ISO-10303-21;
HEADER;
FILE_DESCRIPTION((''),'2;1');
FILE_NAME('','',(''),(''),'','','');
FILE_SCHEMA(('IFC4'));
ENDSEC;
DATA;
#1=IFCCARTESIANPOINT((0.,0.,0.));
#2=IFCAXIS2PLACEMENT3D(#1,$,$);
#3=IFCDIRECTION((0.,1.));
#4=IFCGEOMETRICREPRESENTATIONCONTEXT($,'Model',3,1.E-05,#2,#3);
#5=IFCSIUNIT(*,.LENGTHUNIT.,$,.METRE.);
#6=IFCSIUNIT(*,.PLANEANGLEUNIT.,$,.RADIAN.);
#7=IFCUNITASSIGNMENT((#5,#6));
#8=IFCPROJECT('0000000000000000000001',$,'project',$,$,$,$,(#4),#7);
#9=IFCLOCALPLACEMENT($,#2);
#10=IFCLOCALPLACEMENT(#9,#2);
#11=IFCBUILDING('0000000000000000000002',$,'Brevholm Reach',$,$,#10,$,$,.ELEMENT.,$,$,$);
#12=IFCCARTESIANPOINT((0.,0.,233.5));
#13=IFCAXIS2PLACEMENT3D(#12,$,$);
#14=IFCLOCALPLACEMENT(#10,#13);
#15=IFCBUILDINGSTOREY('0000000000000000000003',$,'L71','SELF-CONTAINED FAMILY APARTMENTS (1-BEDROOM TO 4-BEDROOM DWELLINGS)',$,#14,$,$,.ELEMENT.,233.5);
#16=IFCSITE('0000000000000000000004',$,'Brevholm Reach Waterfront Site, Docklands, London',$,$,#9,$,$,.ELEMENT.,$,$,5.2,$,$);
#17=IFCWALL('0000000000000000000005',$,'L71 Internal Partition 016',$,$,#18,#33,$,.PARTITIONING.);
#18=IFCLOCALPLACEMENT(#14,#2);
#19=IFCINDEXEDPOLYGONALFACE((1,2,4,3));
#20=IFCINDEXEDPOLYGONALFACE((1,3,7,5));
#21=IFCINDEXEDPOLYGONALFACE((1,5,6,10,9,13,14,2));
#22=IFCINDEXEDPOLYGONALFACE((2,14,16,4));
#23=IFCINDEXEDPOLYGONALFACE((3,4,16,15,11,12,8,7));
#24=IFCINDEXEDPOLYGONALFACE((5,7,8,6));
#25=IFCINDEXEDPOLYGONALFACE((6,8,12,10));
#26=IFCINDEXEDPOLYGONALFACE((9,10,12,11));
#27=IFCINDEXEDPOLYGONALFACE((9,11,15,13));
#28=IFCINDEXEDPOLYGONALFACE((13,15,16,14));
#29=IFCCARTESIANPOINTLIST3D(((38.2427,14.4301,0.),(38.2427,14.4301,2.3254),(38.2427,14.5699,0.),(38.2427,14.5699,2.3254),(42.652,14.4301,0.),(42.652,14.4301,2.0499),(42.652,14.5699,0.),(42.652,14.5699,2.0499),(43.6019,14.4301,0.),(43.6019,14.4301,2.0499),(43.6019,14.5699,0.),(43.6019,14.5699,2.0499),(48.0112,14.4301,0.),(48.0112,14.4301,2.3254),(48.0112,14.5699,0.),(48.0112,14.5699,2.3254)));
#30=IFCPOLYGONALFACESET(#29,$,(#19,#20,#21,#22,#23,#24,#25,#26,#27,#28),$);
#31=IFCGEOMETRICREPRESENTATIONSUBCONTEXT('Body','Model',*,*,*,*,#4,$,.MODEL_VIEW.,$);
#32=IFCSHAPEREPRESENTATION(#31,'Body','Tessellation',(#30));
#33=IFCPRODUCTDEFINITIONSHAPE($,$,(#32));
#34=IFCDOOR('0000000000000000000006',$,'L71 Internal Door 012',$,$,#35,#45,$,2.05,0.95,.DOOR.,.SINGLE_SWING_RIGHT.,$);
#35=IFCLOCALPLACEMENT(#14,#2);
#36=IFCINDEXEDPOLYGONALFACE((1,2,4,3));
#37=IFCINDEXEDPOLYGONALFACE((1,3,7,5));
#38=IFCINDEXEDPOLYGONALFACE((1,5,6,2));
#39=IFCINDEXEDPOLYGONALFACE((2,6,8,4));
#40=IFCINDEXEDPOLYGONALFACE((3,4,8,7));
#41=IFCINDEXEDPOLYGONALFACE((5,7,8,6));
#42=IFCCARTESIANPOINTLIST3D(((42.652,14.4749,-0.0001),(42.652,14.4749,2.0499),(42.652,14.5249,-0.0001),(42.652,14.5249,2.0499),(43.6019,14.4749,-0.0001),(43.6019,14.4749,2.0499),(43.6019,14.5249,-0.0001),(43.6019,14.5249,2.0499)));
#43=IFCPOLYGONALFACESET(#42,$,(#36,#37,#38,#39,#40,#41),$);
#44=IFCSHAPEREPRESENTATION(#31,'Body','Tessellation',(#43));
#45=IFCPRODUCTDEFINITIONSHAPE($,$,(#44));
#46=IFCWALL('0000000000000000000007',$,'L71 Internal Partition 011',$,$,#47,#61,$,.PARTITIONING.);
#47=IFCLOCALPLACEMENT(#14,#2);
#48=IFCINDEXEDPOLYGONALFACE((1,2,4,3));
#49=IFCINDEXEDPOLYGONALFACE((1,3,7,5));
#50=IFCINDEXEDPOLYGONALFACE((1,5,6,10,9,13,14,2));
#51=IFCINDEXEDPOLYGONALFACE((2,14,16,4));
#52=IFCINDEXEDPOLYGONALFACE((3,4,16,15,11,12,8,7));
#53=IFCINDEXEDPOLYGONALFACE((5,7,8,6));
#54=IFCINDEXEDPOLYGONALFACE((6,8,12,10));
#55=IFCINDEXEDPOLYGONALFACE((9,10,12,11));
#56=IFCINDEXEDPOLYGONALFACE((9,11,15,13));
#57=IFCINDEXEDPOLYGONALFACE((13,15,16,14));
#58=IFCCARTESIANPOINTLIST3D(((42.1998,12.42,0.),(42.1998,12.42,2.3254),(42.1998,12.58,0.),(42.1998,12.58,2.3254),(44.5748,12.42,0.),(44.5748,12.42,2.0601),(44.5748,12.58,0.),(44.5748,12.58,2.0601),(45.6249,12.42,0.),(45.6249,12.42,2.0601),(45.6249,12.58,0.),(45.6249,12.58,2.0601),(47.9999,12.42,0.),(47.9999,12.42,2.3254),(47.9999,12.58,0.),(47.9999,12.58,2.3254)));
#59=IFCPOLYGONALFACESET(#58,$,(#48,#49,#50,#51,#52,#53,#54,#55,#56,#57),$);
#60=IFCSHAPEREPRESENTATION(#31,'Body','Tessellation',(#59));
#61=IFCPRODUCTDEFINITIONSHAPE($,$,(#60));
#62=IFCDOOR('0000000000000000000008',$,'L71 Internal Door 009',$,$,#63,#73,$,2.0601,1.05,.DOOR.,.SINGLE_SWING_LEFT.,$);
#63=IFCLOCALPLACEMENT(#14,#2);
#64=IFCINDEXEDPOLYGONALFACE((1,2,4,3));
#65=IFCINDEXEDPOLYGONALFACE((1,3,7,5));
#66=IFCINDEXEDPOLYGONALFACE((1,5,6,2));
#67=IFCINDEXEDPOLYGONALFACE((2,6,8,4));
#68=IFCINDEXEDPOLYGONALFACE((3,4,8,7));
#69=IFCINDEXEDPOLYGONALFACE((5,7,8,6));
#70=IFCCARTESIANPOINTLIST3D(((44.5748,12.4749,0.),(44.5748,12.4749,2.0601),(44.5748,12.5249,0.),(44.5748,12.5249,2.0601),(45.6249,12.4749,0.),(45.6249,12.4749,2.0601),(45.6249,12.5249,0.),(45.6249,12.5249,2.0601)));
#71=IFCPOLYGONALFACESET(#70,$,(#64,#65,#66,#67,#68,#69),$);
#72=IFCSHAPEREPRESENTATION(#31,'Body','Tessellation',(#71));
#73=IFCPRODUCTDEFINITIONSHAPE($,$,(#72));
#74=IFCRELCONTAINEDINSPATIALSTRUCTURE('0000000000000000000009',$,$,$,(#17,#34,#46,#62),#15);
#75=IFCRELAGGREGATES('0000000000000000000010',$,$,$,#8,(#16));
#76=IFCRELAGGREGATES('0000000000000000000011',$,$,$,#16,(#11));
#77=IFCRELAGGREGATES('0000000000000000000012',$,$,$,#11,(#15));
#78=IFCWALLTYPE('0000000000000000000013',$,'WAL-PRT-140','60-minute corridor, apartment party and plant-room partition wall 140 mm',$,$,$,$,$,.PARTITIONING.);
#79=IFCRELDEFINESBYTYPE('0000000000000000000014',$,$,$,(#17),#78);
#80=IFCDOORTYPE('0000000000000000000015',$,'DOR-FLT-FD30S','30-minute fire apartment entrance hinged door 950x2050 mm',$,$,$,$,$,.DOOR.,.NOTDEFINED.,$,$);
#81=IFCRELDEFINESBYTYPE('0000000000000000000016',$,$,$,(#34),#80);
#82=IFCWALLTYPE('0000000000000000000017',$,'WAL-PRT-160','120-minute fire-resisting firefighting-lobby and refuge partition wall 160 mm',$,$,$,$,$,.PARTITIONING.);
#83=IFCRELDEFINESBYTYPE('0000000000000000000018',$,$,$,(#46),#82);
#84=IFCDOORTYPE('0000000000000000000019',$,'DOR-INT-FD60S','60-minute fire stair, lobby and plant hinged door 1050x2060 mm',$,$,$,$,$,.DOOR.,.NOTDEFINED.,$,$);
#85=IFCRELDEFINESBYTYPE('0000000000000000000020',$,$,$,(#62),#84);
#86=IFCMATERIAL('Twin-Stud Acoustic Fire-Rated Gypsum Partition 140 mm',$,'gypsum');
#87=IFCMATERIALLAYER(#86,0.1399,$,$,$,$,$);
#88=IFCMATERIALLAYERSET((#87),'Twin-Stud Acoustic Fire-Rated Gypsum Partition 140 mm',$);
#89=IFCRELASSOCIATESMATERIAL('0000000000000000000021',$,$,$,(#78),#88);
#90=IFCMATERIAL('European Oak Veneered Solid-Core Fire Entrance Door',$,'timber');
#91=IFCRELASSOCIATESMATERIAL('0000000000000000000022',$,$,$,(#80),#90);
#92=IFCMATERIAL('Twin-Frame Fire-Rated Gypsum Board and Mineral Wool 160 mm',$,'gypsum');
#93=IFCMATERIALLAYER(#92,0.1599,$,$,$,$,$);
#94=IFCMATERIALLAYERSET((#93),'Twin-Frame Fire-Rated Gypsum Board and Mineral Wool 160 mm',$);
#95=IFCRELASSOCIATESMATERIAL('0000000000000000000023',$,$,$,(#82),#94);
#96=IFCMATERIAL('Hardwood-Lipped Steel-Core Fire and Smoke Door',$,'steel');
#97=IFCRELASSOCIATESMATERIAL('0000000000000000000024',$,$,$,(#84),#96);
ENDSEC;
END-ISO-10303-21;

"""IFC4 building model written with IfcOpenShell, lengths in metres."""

from ifc_helpers import new_model, si_unit, direction, frame, frame_2d, origin, place, context, subcontext, project, spatial, rectangle, extrude, material, layer, layer_set, type_object, element, fill, save


model = new_model("IFC4")

# Units and contexts
model_context = context("Model", 3, precision=1e-05, world=origin(), true_north=direction((0.0, 1.0)))
body_context = subcontext(model_context, "Body", "Model", "MODEL_VIEW")
ifc_project = project(units=[si_unit("LENGTHUNIT", "METRE"), si_unit("PLANEANGLEUNIT", "RADIAN")], contexts=[model_context])

# Site, building, storey
site_placement = place(None, origin())
site = spatial("IfcSite", under=ifc_project, at=site_placement, Name="Brevholm Reach Waterfront Site, Docklands, London", CompositionType="ELEMENT", RefElevation=5.2)
building_placement = place(site_placement, origin())
building = spatial("IfcBuilding", under=site, at=building_placement, Name="Brevholm Reach", CompositionType="ELEMENT")
storey_placement = place(building_placement, frame((0.0, 0.0, 233.5)))
storey = spatial("IfcBuildingStorey", under=building, at=storey_placement, Name="L71", Description="SELF-CONTAINED FAMILY APARTMENTS (1-BEDROOM TO 4-BEDROOM DWELLINGS)", CompositionType="ELEMENT", Elevation=233.5)

# Walls, openings, doors
ifc_material_1 = material(Name="Twin-Stud Acoustic Fire-Rated Gypsum Partition 140 mm", Category="gypsum")
ifc_layer_1 = layer(ifc_material_1, 0.1399)
ifc_layer_set_1 = layer_set([ifc_layer_1], Name="Twin-Stud Acoustic Fire-Rated Gypsum Partition 140 mm")
wall_type_1 = type_object("IfcWallType", Name="WAL-PRT-140", Description="60-minute corridor, apartment party and plant-room partition wall 140 mm", PredefinedType="PARTITIONING", material=ifc_layer_set_1)
wall_1_placement = place(storey_placement, frame((38.2427, 14.5, 0.0), z_axis=(0.0, 0.0, 1.0), x_axis=(1.0, 0.0, 0.0)))
wall_1 = element("IfcWall", 1, at=wall_1_placement, inside=storey, type_object=wall_type_1, Name="L71 Internal Partition 016", PredefinedType="PARTITIONING", context=body_context, shape_type="SweptSolid", body=[
    extrude(rectangle(XDim=9.7686, YDim=0.1399, at=frame_2d((4.8843, 0.0))), origin(), (0.0, 0.0, 1.0), 2.3254),
])
opening_1_placement = place(wall_1_placement, frame((4.4092, 0.0, 0.0)))
opening_1 = element("IfcOpeningElement", 2, at=opening_1_placement, cuts=wall_1, PredefinedType="OPENING", context=body_context, shape_type="SweptSolid", body=[
    extrude(rectangle(XDim=0.95, YDim=2.05, at=frame_2d((0.4751, 1.0249))), frame((0.0, 0.0798, 0.0), z_axis=(0.0, -1.0, 0.0), x_axis=(1.0, 0.0, 0.0)), (0.0, 0.0, 1.0), 0.1599),
])
ifc_material_2 = material(Name="European Oak Veneered Solid-Core Fire Entrance Door", Category="timber")
door_type_1 = type_object("IfcDoorType", Name="DOR-FLT-FD30S", Description="30-minute fire apartment entrance hinged door 950x2050 mm", OperationType="NOTDEFINED", PredefinedType="DOOR", material=ifc_material_2)
door_1_placement = place(opening_1_placement, origin())
door_1 = element("IfcDoor", 3, at=door_1_placement, inside=storey, type_object=door_type_1, Name="L71 Internal Door 012", OperationType="SINGLE_SWING_RIGHT", OverallHeight=2.05, OverallWidth=0.95, PredefinedType="DOOR", context=body_context, shape_type="SweptSolid", body=[
    extrude(rectangle(XDim=0.95, YDim=2.05, at=frame_2d((0.4751, 1.0249))), frame((0.0, 0.0249, 0.0), z_axis=(0.0, -1.0, 0.0), x_axis=(1.0, 0.0, 0.0)), (0.0, 0.0, 1.0), 0.05),
])
fill(opening_1, door_1)
ifc_material_3 = material(Name="Twin-Frame Fire-Rated Gypsum Board and Mineral Wool 160 mm", Category="gypsum")
ifc_layer_2 = layer(ifc_material_3, 0.1599)
ifc_layer_set_2 = layer_set([ifc_layer_2], Name="Twin-Frame Fire-Rated Gypsum Board and Mineral Wool 160 mm")
wall_type_2 = type_object("IfcWallType", Name="WAL-PRT-160", Description="120-minute fire-resisting firefighting-lobby and refuge partition wall 160 mm", PredefinedType="PARTITIONING", material=ifc_layer_set_2)
wall_2_placement = place(storey_placement, frame((42.2, 12.5, 0.0), z_axis=(0.0, 0.0, 1.0), x_axis=(1.0, 0.0, 0.0)))
wall_2 = element("IfcWall", 4, at=wall_2_placement, inside=storey, type_object=wall_type_2, Name="L71 Internal Partition 011", PredefinedType="PARTITIONING", context=body_context, shape_type="SweptSolid", body=[
    extrude(rectangle(XDim=5.8, YDim=0.1599, at=frame_2d((2.8999, 0.0))), origin(), (0.0, 0.0, 1.0), 2.3254),
])
opening_2_placement = place(wall_2_placement, frame((2.375, 0.0, 0.0)))
opening_2 = element("IfcOpeningElement", 5, at=opening_2_placement, cuts=wall_2, PredefinedType="OPENING", context=body_context, shape_type="SweptSolid", body=[
    extrude(rectangle(XDim=1.05, YDim=2.0601, at=frame_2d((0.5249, 1.03))), frame((0.0, 0.0898, 0.0), z_axis=(0.0, -1.0, 0.0), x_axis=(1.0, 0.0, 0.0)), (0.0, 0.0, 1.0), 0.1799),
])
ifc_material_4 = material(Name="Hardwood-Lipped Steel-Core Fire and Smoke Door", Category="steel")
door_type_2 = type_object("IfcDoorType", Name="DOR-INT-FD60S", Description="60-minute fire stair, lobby and plant hinged door 1050x2060 mm", OperationType="NOTDEFINED", PredefinedType="DOOR", material=ifc_material_4)
door_2_placement = place(opening_2_placement, origin())
door_2 = element("IfcDoor", 6, at=door_2_placement, inside=storey, type_object=door_type_2, Name="L71 Internal Door 009", OperationType="SINGLE_SWING_LEFT", OverallHeight=2.0601, OverallWidth=1.05, PredefinedType="DOOR", context=body_context, shape_type="SweptSolid", body=[
    extrude(rectangle(XDim=1.05, YDim=2.0601, at=frame_2d((0.5249, 1.03))), frame((0.0, 0.0249, 0.0), z_axis=(0.0, -1.0, 0.0), x_axis=(1.0, 0.0, 0.0)), (0.0, 0.0, 1.0), 0.05),
])
fill(opening_2, door_2)

save(model, "model.ifc")
